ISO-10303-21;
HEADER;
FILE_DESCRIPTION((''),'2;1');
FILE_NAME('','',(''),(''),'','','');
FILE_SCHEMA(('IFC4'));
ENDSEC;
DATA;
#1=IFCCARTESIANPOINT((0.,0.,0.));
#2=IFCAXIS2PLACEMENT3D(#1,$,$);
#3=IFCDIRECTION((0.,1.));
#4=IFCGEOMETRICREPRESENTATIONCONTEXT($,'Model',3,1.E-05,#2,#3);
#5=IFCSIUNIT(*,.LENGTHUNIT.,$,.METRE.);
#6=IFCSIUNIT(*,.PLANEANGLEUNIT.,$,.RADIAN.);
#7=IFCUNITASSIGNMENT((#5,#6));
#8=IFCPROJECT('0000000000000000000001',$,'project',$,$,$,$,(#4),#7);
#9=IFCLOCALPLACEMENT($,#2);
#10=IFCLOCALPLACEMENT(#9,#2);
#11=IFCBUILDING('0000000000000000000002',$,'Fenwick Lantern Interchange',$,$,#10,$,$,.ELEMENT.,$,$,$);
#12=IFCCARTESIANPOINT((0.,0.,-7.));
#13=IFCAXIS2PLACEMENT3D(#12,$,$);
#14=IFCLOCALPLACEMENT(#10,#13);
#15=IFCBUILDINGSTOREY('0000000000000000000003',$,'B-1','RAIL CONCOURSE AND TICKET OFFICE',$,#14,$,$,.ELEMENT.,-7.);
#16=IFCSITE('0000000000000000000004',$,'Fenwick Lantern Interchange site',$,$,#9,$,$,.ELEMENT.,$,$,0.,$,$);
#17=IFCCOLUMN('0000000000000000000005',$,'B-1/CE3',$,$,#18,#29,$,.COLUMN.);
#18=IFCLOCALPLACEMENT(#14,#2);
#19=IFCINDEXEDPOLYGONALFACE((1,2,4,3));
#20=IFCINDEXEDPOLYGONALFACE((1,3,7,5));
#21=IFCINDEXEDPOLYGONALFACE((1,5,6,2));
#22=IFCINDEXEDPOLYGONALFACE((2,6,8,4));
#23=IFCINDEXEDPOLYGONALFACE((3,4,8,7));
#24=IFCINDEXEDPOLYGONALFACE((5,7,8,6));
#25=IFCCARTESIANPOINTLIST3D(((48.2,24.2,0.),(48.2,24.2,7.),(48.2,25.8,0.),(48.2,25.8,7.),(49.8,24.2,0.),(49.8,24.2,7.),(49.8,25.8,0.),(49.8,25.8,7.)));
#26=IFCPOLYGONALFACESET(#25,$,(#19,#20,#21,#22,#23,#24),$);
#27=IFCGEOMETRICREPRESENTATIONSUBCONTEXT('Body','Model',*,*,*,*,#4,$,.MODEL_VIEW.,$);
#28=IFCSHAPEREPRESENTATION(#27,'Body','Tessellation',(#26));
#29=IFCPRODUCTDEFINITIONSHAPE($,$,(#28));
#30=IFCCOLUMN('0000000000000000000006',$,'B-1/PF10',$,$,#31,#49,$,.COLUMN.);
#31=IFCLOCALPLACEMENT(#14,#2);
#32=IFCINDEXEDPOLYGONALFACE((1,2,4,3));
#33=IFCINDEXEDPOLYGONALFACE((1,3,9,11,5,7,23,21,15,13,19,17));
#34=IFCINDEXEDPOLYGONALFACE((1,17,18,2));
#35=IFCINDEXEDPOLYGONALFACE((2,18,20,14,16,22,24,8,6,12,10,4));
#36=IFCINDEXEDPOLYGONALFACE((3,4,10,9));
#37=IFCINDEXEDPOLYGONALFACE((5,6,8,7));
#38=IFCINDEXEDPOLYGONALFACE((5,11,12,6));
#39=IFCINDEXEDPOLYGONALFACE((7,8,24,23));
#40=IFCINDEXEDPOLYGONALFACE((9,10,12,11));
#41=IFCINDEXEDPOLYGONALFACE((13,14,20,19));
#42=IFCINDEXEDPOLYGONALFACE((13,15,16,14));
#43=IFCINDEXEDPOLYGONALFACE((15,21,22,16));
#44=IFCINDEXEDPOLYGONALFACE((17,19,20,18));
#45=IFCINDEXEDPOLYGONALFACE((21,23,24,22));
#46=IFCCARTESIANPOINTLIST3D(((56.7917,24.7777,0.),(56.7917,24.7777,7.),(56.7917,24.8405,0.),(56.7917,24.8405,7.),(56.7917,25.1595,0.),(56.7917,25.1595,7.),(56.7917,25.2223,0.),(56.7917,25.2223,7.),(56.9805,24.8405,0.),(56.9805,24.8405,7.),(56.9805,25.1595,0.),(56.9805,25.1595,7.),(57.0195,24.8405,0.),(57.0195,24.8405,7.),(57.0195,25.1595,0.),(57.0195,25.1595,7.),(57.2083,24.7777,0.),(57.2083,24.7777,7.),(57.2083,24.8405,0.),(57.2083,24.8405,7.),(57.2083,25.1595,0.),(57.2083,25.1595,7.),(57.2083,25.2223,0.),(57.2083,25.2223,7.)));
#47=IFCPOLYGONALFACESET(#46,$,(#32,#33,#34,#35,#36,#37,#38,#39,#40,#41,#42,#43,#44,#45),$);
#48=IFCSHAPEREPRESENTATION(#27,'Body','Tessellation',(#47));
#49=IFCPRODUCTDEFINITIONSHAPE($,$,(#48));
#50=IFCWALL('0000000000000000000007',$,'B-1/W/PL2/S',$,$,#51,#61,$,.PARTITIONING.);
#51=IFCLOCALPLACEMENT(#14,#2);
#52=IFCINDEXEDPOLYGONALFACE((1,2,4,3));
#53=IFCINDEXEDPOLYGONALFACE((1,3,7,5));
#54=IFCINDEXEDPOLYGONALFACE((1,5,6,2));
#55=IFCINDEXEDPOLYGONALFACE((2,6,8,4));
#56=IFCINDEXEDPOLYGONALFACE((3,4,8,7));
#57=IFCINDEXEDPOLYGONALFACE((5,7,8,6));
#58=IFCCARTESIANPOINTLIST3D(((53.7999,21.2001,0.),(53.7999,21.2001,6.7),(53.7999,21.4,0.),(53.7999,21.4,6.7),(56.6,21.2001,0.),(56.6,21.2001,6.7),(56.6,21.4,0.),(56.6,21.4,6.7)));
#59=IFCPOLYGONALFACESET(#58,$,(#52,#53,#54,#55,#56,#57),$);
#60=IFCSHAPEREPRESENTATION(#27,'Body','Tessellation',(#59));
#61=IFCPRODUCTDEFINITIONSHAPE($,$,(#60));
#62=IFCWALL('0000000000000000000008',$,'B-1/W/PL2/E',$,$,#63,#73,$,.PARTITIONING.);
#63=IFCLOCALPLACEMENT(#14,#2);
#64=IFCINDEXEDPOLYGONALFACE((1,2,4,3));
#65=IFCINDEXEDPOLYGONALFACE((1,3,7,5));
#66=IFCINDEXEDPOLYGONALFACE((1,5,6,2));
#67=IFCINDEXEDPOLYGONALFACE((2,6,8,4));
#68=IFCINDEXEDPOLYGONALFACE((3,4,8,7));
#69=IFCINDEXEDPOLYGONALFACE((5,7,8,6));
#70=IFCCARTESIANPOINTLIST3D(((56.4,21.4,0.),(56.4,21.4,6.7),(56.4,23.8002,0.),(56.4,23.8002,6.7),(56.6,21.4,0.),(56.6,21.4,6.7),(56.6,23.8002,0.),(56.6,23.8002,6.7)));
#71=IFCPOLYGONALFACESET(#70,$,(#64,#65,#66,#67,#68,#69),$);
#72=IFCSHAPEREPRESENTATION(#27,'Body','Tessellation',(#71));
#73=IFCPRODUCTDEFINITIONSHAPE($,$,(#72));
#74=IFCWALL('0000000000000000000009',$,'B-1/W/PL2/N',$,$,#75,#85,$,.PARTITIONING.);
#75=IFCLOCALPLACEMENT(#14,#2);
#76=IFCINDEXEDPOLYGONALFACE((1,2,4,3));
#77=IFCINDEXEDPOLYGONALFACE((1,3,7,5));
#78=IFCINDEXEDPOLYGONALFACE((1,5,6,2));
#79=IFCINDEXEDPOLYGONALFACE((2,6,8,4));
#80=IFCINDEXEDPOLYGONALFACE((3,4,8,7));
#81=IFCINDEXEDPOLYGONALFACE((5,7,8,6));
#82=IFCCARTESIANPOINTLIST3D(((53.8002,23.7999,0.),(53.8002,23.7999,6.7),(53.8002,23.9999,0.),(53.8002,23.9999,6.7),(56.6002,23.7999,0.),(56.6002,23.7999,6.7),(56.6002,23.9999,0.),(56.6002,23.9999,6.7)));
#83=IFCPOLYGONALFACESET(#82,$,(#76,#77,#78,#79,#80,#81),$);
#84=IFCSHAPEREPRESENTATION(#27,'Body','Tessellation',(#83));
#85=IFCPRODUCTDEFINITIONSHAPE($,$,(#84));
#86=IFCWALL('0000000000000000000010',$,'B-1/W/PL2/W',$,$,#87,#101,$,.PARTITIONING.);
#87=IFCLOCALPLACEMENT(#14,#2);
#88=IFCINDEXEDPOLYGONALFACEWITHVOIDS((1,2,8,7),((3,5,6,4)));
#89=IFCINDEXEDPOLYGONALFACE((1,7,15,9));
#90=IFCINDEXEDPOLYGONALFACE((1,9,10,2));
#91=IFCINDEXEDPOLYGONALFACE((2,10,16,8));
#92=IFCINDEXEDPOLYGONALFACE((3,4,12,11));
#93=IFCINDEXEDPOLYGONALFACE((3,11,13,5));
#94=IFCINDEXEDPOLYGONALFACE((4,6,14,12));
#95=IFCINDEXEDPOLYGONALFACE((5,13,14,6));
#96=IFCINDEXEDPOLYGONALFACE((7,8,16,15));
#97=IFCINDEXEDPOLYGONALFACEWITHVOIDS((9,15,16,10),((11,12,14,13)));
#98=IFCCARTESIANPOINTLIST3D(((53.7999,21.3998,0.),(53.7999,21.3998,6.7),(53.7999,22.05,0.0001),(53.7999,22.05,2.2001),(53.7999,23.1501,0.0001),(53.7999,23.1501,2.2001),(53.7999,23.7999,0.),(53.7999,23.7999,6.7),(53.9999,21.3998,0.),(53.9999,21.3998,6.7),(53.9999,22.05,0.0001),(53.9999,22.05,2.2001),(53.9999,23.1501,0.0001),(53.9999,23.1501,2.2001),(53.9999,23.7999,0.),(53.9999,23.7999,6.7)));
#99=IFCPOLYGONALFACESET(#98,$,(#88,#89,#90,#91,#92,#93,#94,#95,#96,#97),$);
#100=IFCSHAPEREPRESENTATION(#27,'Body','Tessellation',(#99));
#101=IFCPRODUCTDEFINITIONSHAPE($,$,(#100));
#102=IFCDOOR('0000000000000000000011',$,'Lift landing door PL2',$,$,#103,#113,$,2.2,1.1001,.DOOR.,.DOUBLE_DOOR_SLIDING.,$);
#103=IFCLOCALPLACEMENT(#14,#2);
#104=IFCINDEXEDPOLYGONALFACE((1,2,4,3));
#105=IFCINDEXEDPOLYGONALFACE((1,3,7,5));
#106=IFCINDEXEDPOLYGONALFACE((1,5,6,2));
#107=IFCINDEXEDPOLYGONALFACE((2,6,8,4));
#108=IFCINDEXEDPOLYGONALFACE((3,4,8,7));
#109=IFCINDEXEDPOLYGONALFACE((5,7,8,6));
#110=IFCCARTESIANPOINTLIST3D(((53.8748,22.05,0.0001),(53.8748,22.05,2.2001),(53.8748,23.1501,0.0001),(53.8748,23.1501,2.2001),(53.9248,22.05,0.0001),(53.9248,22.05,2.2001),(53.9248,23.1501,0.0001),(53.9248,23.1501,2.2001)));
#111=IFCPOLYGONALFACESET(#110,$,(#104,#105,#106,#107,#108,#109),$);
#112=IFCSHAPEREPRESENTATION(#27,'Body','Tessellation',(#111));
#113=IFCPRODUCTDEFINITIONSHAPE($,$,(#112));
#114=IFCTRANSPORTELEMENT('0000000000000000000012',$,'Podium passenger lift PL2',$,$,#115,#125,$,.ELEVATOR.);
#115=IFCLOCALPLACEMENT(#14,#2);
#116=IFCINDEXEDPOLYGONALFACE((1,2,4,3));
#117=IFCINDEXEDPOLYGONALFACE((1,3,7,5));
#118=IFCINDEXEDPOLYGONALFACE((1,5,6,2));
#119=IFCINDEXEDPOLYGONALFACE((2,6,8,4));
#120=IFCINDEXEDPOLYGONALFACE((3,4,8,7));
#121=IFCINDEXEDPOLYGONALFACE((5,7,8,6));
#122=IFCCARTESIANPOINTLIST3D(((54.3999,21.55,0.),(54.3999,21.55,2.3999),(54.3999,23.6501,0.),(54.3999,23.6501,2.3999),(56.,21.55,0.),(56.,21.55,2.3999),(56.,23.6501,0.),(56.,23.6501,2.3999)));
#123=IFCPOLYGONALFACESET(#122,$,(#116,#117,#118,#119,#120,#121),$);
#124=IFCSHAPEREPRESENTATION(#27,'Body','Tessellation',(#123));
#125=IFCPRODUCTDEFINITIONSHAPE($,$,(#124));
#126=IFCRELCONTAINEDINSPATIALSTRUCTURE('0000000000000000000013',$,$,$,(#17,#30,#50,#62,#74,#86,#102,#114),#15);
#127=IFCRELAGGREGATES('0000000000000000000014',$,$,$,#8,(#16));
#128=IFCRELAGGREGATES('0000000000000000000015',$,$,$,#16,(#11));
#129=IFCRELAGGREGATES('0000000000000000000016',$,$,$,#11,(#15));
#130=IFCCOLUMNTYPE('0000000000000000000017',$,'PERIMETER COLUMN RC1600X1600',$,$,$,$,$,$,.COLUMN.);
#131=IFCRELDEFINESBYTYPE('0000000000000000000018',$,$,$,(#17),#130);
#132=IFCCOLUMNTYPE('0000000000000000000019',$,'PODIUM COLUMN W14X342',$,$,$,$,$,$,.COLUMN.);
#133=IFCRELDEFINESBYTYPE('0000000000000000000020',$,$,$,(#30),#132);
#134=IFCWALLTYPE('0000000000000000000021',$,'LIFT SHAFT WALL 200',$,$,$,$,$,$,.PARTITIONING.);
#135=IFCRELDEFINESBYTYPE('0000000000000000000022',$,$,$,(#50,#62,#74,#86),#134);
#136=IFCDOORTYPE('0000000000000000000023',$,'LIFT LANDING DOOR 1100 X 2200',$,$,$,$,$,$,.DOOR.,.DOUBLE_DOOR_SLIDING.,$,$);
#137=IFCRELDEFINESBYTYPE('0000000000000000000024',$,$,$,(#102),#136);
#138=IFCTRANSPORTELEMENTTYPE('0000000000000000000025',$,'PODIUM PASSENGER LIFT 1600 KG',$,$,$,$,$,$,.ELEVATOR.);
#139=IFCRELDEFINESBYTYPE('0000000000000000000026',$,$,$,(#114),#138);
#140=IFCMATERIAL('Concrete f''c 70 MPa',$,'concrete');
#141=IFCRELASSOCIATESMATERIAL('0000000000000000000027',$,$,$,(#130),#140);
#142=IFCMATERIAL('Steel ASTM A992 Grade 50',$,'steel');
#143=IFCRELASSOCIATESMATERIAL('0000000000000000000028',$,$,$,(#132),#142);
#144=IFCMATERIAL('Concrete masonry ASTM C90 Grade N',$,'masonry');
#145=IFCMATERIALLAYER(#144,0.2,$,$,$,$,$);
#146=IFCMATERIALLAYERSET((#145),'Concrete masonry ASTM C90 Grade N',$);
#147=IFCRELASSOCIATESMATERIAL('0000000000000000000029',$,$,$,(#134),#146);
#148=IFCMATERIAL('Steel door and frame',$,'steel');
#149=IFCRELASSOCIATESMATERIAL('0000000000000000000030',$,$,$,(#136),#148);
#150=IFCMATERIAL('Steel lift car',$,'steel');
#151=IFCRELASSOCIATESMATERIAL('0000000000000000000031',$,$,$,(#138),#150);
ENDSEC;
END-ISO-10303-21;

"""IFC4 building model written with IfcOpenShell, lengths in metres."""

from ifc_helpers import new_model, si_unit, direction, frame, frame_2d, origin, origin_2d, place, context, subcontext, project, spatial, rectangle, i_section, extrude, material, layer, layer_set, material_profile, profile_set, type_object, element, fill, save


model = new_model("IFC4")

# Units and contexts
model_context = context("Model", 3, precision=1e-05, world=origin(), true_north=direction((0.0, 1.0)))
body_context = subcontext(model_context, "Body", "Model", "MODEL_VIEW")
ifc_project = project(units=[si_unit("LENGTHUNIT", "METRE"), si_unit("PLANEANGLEUNIT", "RADIAN")], contexts=[model_context])

# Site, building, storey
site_placement = place(None, origin())
site = spatial("IfcSite", under=ifc_project, at=site_placement, Name="Fenwick Lantern Interchange site", CompositionType="ELEMENT", RefElevation=0.0)
building_placement = place(site_placement, origin())
building = spatial("IfcBuilding", under=site, at=building_placement, Name="Fenwick Lantern Interchange", CompositionType="ELEMENT")
storey_placement = place(building_placement, frame((0.0, 0.0, -7.0)))
storey = spatial("IfcBuildingStorey", under=building, at=storey_placement, Name="B-1", Description="RAIL CONCOURSE AND TICKET OFFICE", CompositionType="ELEMENT", Elevation=-7.0)

# Columns
ifc_material_1 = material(Name="Concrete f'c 70 MPa", Category="concrete")
ifc_material_profile_1 = material_profile(ifc_material_1, rectangle(XDim=1.6001, YDim=1.6001, at=origin_2d()), Name="RC1600X1600")
ifc_profile_set_1 = profile_set([ifc_material_profile_1], Name="Concrete f'c 70 MPa")
column_type_1 = type_object("IfcColumnType", Name="PERIMETER COLUMN RC1600X1600", PredefinedType="COLUMN", material=ifc_profile_set_1)
column_1_placement = place(storey_placement, frame((49.0, 25.0, 0.0), z_axis=(0.0, 0.0, 1.0), x_axis=(1.0, 0.0, 0.0)))
element("IfcColumn", 1, at=column_1_placement, inside=storey, type_object=column_type_1, Name="B-1/CE3", PredefinedType="COLUMN", context=body_context, shape_type="SweptSolid", body=[
    extrude(rectangle(XDim=1.6001, YDim=1.6001, at=origin_2d()), origin(), (0.0, 0.0, 1.0), 7.0),
])
ifc_material_2 = material(Name="Steel ASTM A992 Grade 50", Category="steel")
ifc_material_profile_2 = material_profile(ifc_material_2, i_section(OverallWidth=0.4165, OverallDepth=0.4446, WebThickness=0.0391, FlangeThickness=0.0627, at=origin_2d()), Name="W14X342")
ifc_profile_set_2 = profile_set([ifc_material_profile_2], Name="Steel ASTM A992 Grade 50")
column_type_2 = type_object("IfcColumnType", Name="PODIUM COLUMN W14X342", PredefinedType="COLUMN", material=ifc_profile_set_2)
column_2_placement = place(storey_placement, frame((57.0, 25.0, 0.0), z_axis=(0.0, 0.0, 1.0), x_axis=(1.0, 0.0, 0.0)))
element("IfcColumn", 2, at=column_2_placement, inside=storey, type_object=column_type_2, Name="B-1/PF10", PredefinedType="COLUMN", context=body_context, shape_type="SweptSolid", body=[
    extrude(i_section(OverallWidth=0.4165, OverallDepth=0.4446, WebThickness=0.0391, FlangeThickness=0.0627, at=origin_2d()), origin(), (0.0, 0.0, 1.0), 7.0),
])

# Walls
ifc_material_3 = material(Name="Concrete masonry ASTM C90 Grade N", Category="masonry")
ifc_layer = layer(ifc_material_3, 0.2)
ifc_layer_set = layer_set([ifc_layer], Name="Concrete masonry ASTM C90 Grade N")
wall_type = type_object("IfcWallType", Name="LIFT SHAFT WALL 200", PredefinedType="PARTITIONING", material=ifc_layer_set)
wall_1_placement = place(storey_placement, frame((53.8, 21.3, 0.0), z_axis=(0.0, 0.0, 1.0), x_axis=(1.0, 0.0, 0.0)))
element("IfcWall", 3, at=wall_1_placement, inside=storey, type_object=wall_type, Name="B-1/W/PL2/S", PredefinedType="PARTITIONING", context=body_context, shape_type="SweptSolid", body=[
    extrude(rectangle(XDim=2.8, YDim=0.2, at=frame_2d((1.3999, 0.0))), origin(), (0.0, 0.0, 1.0), 6.7),
])
wall_2_placement = place(storey_placement, frame((56.5, 21.3999, 0.0), z_axis=(0.0, 0.0, 1.0), x_axis=(0.0, 1.0, 0.0)))
element("IfcWall", 4, at=wall_2_placement, inside=storey, type_object=wall_type, Name="B-1/W/PL2/E", PredefinedType="PARTITIONING", context=body_context, shape_type="SweptSolid", body=[
    extrude(rectangle(XDim=2.4001, YDim=0.2, at=frame_2d((1.2002, 0.0))), origin(), (0.0, 0.0, 1.0), 6.7),
])
wall_3_placement = place(storey_placement, frame((56.6001, 23.8999, 0.0), z_axis=(0.0, 0.0, 1.0), x_axis=(-1.0, 0.0, 0.0)))
element("IfcWall", 5, at=wall_3_placement, inside=storey, type_object=wall_type, Name="B-1/W/PL2/N", PredefinedType="PARTITIONING", context=body_context, shape_type="SweptSolid", body=[
    extrude(rectangle(XDim=2.8, YDim=0.2, at=frame_2d((1.3999, 0.0))), origin(), (0.0, 0.0, 1.0), 6.7),
])

# Wall, opening, door
wall_4_placement = place(storey_placement, frame((53.8999, 23.8, 0.0), z_axis=(0.0, 0.0, 1.0), x_axis=(0.0, -1.0, 0.0)))
wall_4 = element("IfcWall", 6, at=wall_4_placement, inside=storey, type_object=wall_type, Name="B-1/W/PL2/W", PredefinedType="PARTITIONING", context=body_context, shape_type="SweptSolid", body=[
    extrude(rectangle(XDim=2.4001, YDim=0.2, at=frame_2d((1.2002, 0.0))), origin(), (0.0, 0.0, 1.0), 6.7),
])
opening_placement = place(wall_4_placement, frame((0.6499, 0.0, 0.0)))
opening = element("IfcOpeningElement", 7, at=opening_placement, cuts=wall_4, PredefinedType="OPENING", context=body_context, shape_type="SweptSolid", body=[
    extrude(rectangle(XDim=1.1001, YDim=2.2, at=frame_2d((0.55, 1.1001))), frame((0.0, 0.1099, 0.0), z_axis=(0.0, -1.0, 0.0), x_axis=(1.0, 0.0, 0.0)), (0.0, 0.0, 1.0), 0.22),
])
ifc_material_4 = material(Name="Steel door and frame", Category="steel")
door_type = type_object("IfcDoorType", Name="LIFT LANDING DOOR 1100 X 2200", OperationType="DOUBLE_DOOR_SLIDING", PredefinedType="DOOR", material=ifc_material_4)
door_placement = place(opening_placement, origin())
door = element("IfcDoor", 8, at=door_placement, inside=storey, type_object=door_type, Name="Lift landing door PL2", OperationType="DOUBLE_DOOR_SLIDING", OverallHeight=2.2, OverallWidth=1.1001, PredefinedType="DOOR", context=body_context, shape_type="SweptSolid", body=[
    extrude(rectangle(XDim=1.1001, YDim=2.2, at=frame_2d((0.55, 1.1001))), frame((0.0, 0.0249, 0.0), z_axis=(0.0, -1.0, 0.0), x_axis=(1.0, 0.0, 0.0)), (0.0, 0.0, 1.0), 0.05),
])
fill(opening, door)

# Transport element
ifc_material_5 = material(Name="Steel lift car", Category="steel")
transport_element_type = type_object("IfcTransportElementType", Name="PODIUM PASSENGER LIFT 1600 KG", PredefinedType="ELEVATOR", material=ifc_material_5)
transport_element_placement = place(storey_placement, frame((55.2, 22.6001, 0.0), z_axis=(0.0, 0.0, 1.0), x_axis=(1.0, 0.0, 0.0)))
element("IfcTransportElement", 9, at=transport_element_placement, inside=storey, type_object=transport_element_type, Name="Podium passenger lift PL2", PredefinedType="ELEVATOR", context=body_context, shape_type="SweptSolid", body=[
    extrude(rectangle(XDim=1.6001, YDim=2.1001, at=origin_2d()), origin(), (0.0, 0.0, 1.0), 2.3999),
])

save(model, "model.ifc")
